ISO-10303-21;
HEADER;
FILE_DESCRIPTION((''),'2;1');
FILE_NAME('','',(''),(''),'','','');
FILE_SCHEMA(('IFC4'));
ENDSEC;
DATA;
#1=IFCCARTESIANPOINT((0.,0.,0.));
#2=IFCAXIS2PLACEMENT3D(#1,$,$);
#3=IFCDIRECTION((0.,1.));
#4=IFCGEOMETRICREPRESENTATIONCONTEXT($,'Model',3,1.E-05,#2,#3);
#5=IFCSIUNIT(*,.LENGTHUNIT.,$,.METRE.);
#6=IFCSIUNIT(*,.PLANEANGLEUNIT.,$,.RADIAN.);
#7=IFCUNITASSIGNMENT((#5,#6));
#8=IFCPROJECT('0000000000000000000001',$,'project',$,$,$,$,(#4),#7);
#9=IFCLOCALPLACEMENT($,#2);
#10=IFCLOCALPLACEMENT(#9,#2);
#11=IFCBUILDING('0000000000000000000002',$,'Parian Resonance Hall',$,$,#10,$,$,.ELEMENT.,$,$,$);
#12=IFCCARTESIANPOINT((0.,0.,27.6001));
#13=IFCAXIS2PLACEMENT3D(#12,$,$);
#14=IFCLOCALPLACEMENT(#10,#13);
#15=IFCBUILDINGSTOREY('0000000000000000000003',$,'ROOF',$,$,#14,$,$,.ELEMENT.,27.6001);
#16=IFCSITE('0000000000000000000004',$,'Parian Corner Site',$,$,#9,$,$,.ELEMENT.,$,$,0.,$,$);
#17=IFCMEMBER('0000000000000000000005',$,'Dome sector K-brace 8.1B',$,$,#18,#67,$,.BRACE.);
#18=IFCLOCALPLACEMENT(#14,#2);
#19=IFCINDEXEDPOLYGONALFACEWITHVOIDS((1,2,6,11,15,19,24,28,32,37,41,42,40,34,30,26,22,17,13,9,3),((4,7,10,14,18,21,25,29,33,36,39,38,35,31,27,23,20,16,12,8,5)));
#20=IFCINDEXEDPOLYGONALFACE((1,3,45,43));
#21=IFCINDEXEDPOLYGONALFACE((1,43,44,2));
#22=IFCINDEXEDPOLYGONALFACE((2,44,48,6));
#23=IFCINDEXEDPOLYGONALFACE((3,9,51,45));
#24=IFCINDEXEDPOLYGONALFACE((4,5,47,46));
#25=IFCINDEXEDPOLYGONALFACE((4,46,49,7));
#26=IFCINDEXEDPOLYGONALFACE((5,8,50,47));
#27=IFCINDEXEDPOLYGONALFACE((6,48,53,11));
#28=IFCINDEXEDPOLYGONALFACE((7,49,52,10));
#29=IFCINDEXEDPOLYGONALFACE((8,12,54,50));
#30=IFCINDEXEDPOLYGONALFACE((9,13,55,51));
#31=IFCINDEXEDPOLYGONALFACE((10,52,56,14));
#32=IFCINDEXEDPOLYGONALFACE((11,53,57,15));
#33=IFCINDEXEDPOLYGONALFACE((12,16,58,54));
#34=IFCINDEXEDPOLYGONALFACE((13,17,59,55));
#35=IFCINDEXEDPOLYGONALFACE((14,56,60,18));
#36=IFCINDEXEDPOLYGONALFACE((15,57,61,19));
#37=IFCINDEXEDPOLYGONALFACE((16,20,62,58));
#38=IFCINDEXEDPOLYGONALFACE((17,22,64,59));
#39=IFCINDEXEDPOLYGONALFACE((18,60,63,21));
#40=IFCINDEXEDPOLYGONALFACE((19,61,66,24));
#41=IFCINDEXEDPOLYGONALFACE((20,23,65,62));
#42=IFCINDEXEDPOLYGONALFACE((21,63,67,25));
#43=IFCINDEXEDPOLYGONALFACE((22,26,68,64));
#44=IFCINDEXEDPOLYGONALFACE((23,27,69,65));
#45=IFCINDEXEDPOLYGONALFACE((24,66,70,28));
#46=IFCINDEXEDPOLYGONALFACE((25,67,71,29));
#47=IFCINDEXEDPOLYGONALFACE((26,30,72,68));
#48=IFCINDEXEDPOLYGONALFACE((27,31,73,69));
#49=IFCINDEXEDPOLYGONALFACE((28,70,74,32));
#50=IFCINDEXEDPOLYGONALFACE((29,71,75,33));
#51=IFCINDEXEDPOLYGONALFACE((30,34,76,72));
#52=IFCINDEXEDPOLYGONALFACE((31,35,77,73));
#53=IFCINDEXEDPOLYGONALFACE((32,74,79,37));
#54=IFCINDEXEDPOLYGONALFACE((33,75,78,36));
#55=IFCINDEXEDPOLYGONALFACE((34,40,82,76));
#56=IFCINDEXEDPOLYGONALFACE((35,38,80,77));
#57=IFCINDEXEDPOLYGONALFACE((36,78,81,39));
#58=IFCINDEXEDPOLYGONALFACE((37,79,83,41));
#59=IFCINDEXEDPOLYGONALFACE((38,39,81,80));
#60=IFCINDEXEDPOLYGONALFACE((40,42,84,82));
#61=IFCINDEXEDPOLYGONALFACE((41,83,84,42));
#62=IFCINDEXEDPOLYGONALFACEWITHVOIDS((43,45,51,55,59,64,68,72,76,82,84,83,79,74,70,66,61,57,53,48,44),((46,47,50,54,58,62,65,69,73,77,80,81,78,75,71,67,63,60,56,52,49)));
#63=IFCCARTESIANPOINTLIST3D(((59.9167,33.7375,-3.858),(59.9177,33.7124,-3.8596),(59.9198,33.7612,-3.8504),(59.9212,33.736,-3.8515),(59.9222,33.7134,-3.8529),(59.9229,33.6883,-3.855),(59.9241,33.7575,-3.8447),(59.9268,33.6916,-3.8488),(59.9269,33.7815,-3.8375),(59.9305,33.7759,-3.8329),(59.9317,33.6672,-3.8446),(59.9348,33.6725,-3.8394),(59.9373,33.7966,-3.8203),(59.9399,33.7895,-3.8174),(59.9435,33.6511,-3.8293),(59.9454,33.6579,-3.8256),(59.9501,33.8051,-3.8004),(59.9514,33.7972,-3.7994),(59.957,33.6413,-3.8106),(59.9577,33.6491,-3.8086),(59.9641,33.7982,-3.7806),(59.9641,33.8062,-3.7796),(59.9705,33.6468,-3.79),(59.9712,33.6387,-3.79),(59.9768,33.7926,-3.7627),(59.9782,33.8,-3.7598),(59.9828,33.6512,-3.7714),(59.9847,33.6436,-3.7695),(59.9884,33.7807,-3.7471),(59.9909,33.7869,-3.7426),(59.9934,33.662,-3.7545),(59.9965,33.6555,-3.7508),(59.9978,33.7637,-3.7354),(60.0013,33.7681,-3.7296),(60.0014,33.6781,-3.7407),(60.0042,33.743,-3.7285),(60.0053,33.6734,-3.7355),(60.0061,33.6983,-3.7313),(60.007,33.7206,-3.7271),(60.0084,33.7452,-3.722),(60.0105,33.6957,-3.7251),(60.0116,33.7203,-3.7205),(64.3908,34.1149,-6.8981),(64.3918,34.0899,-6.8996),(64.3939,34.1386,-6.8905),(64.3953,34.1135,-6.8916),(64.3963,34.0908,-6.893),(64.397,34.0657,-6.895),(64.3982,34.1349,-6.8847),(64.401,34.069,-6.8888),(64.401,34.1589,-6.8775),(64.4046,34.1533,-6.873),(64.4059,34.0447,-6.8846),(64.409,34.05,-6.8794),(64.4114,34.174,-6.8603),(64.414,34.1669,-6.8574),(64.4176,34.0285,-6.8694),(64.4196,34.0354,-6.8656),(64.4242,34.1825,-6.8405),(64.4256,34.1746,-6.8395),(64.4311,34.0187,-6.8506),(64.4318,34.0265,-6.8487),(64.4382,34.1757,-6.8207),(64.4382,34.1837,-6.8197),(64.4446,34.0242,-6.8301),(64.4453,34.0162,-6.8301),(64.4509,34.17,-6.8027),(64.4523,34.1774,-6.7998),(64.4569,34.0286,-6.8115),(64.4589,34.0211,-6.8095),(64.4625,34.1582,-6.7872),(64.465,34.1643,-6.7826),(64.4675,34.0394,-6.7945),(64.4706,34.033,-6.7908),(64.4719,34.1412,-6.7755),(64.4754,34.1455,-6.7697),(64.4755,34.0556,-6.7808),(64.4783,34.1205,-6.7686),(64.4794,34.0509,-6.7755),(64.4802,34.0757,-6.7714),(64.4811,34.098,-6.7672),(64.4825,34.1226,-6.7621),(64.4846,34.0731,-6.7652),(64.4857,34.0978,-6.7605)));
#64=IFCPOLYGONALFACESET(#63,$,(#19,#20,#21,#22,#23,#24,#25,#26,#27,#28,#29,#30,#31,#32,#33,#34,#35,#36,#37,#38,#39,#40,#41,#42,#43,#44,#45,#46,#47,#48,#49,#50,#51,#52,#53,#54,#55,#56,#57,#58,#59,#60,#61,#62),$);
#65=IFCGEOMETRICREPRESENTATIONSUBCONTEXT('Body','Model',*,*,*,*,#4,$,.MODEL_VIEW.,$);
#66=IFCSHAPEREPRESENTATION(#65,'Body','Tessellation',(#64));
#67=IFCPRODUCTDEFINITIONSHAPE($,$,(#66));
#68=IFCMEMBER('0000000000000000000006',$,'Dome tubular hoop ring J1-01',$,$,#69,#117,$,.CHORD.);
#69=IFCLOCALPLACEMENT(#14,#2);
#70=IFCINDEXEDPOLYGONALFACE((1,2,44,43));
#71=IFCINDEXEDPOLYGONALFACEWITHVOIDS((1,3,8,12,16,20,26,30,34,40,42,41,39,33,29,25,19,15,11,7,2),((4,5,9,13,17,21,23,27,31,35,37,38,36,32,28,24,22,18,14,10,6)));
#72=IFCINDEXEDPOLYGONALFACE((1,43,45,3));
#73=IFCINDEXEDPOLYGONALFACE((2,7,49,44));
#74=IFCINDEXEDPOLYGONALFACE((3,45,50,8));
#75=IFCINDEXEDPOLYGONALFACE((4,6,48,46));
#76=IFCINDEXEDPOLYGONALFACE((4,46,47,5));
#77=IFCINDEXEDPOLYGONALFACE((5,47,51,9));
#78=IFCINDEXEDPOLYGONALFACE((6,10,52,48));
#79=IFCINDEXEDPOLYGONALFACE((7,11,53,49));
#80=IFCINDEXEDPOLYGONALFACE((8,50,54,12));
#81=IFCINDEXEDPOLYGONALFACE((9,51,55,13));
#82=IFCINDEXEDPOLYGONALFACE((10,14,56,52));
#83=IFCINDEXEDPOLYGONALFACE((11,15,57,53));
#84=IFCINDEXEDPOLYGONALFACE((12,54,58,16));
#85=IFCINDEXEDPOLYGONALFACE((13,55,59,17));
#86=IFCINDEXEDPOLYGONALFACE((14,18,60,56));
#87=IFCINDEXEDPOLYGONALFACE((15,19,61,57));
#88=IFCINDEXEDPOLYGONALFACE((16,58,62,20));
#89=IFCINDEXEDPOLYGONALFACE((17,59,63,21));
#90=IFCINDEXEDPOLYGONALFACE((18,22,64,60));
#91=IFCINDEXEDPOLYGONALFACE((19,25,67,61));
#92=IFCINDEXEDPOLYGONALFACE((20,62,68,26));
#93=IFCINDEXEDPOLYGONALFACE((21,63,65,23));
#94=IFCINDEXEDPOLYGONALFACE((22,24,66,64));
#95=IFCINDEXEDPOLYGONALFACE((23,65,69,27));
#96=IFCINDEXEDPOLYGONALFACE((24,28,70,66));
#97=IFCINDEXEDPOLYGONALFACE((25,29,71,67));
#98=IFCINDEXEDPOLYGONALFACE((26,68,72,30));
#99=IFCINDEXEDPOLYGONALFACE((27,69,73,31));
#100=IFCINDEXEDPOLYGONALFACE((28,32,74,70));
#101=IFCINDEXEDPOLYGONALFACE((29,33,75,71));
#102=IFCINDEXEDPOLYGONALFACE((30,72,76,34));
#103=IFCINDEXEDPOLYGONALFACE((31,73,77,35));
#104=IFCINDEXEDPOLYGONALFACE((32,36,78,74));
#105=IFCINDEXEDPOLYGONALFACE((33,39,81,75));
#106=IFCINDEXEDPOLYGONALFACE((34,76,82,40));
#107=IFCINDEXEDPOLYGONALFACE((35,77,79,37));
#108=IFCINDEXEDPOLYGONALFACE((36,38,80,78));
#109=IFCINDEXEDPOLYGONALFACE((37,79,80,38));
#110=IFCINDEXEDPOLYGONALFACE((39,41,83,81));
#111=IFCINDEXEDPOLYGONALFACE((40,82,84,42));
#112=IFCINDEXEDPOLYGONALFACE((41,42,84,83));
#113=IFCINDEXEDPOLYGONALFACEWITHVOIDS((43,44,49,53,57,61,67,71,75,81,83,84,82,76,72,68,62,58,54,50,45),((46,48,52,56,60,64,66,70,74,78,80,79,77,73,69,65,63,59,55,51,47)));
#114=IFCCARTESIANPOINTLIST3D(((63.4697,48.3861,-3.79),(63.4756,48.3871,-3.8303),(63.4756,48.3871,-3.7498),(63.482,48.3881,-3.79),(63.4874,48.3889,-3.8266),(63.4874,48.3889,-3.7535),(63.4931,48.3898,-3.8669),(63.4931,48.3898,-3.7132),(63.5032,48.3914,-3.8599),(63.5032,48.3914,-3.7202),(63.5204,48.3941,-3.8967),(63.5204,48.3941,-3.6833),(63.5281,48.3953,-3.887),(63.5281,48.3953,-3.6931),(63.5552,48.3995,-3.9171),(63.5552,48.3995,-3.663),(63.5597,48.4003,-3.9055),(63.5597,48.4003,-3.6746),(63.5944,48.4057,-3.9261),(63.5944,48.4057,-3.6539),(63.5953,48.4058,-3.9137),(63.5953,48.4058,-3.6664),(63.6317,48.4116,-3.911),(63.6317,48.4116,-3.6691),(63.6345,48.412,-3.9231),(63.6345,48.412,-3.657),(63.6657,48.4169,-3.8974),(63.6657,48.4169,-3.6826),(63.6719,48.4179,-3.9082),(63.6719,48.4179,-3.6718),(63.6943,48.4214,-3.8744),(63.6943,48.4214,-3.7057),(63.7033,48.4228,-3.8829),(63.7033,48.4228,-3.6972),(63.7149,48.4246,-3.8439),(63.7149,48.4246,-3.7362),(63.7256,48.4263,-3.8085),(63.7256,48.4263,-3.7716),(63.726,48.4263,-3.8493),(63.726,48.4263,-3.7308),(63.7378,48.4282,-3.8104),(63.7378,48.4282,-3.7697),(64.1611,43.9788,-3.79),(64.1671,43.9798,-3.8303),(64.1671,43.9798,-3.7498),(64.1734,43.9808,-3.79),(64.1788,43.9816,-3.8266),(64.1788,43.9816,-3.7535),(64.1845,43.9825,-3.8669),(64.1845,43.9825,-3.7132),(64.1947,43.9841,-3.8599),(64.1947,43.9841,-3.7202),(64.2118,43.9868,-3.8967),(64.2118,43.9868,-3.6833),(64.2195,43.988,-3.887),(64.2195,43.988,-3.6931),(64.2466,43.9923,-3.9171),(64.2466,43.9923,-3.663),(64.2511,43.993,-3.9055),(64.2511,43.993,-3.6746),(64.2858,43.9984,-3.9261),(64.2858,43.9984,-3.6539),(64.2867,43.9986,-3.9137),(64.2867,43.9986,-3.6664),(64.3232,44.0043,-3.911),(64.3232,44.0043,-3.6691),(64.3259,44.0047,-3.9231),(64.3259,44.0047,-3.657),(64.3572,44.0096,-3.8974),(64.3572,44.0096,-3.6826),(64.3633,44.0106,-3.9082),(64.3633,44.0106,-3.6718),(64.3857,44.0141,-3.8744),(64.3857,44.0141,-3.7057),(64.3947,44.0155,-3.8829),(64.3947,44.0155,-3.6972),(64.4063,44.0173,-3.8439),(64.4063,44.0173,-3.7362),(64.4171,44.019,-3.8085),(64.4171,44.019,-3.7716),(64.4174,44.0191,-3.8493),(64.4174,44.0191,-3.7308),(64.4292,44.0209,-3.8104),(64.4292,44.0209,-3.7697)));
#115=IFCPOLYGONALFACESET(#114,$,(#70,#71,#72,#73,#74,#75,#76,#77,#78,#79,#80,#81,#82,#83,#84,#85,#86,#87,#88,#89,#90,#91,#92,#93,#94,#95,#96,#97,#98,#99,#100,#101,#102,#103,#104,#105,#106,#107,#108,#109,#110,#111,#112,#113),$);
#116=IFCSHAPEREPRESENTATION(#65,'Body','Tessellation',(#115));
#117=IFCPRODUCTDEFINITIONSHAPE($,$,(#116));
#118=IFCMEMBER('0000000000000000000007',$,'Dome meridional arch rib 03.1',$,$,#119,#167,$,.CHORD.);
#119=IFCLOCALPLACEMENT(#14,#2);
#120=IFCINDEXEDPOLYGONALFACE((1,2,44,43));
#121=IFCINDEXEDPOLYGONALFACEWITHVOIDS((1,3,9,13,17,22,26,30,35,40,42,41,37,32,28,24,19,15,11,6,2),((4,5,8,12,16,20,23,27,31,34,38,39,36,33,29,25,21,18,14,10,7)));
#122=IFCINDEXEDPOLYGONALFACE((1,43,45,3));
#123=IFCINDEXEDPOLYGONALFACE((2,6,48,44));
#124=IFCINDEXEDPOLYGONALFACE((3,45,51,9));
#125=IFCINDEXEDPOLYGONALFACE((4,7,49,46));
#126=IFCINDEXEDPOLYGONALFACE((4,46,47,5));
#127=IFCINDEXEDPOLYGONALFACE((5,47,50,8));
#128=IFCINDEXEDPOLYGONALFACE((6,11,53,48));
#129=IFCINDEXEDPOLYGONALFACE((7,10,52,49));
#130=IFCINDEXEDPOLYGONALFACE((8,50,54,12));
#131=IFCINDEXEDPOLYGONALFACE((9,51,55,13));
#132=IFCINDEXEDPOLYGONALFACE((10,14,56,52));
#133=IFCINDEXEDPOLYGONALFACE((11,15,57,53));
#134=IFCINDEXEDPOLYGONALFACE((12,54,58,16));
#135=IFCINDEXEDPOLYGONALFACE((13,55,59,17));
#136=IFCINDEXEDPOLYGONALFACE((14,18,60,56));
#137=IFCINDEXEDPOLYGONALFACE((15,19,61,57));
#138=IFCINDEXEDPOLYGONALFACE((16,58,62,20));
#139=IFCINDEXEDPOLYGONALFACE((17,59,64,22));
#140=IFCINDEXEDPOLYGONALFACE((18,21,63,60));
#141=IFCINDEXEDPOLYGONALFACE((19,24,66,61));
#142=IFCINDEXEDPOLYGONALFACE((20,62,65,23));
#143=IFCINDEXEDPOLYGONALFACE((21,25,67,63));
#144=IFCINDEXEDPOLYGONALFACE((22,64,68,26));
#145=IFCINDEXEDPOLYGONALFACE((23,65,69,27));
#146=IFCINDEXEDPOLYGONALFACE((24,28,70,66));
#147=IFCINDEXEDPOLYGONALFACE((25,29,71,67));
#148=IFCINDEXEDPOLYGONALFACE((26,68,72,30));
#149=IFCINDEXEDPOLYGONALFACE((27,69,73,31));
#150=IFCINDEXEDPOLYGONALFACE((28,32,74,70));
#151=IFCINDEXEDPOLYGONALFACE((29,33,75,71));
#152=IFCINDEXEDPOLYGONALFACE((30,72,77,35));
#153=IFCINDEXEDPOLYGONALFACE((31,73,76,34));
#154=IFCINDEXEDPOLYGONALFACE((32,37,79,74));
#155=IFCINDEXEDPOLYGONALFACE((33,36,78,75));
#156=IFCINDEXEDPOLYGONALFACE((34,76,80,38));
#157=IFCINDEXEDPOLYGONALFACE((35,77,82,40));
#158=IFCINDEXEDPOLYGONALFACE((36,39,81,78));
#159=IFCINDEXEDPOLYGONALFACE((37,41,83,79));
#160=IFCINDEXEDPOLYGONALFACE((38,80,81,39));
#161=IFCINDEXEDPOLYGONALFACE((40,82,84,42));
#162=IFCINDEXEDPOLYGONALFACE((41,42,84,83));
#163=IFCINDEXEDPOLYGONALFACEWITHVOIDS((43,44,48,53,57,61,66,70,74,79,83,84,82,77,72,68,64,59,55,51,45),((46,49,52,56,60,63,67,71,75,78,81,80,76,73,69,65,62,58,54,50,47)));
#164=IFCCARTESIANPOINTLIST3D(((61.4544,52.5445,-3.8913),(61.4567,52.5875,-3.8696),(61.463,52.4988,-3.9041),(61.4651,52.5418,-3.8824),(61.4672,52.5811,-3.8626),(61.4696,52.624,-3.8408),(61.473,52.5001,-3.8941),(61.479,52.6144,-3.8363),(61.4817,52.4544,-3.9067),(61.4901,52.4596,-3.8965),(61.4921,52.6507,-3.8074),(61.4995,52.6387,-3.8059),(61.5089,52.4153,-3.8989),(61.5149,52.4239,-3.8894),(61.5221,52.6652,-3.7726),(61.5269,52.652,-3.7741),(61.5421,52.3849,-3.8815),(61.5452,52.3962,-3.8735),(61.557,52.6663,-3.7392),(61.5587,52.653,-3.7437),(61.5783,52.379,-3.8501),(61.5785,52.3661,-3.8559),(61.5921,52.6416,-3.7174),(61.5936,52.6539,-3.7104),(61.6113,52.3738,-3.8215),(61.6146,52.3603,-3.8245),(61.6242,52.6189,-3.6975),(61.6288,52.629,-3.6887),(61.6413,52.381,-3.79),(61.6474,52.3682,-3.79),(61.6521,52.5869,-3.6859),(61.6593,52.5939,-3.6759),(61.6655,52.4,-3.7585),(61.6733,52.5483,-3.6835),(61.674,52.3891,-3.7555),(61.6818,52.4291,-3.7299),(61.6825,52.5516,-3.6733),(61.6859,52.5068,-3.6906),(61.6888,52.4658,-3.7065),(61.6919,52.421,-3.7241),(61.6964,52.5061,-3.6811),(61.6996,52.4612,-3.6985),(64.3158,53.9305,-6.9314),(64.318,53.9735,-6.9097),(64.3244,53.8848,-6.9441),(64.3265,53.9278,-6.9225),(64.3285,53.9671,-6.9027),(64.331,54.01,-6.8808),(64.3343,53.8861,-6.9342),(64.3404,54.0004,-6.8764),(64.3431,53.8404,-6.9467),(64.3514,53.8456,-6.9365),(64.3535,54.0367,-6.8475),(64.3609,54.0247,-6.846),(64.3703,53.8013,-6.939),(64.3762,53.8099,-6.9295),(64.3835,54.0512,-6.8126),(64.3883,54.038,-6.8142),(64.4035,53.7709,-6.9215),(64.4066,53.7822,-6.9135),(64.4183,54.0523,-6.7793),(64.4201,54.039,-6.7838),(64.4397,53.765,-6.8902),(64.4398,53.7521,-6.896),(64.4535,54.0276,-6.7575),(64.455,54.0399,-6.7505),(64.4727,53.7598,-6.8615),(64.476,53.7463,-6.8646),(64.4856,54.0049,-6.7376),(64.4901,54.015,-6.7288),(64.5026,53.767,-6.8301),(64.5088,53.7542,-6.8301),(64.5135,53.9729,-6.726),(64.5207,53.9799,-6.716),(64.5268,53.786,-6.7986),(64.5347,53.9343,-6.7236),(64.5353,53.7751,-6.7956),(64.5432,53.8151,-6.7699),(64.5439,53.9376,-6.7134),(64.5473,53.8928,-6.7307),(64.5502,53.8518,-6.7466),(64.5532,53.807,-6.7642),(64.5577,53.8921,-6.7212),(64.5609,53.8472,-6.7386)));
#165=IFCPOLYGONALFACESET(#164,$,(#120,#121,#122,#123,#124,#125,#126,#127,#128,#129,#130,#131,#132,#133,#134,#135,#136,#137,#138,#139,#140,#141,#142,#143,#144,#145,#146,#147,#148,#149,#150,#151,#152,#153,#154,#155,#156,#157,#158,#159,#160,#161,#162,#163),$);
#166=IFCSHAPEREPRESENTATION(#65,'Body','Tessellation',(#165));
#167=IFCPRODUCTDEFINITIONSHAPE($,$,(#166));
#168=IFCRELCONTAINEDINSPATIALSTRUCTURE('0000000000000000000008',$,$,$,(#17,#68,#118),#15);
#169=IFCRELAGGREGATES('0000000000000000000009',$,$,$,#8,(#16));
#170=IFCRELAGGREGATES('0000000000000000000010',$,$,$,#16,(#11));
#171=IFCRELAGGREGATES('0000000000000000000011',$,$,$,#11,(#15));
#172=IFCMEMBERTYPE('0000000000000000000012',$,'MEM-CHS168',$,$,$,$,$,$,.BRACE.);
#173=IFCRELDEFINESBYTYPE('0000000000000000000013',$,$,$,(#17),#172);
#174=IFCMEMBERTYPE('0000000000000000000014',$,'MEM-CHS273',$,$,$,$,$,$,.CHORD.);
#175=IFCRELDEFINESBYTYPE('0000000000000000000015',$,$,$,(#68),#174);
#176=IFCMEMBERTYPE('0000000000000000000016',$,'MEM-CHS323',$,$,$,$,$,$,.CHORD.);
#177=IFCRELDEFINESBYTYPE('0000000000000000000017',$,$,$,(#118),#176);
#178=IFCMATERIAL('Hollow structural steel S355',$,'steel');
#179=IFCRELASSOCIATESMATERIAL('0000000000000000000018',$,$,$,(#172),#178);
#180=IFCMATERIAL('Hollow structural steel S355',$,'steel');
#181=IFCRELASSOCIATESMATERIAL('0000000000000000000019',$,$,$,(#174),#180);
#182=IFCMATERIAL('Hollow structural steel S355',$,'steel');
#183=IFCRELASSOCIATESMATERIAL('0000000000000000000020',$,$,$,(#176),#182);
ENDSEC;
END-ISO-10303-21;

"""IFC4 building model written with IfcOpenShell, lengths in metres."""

from ifc_helpers import new_model, si_unit, direction, frame, origin, origin_2d, place, context, subcontext, project, spatial, hollow_circle, extrude, material, material_profile, profile_set, type_object, element, save


model = new_model("IFC4")

# Units and contexts
model_context = context("Model", 3, precision=1e-05, world=origin(), true_north=direction((0.0, 1.0)))
body_context = subcontext(model_context, "Body", "Model", "MODEL_VIEW")
ifc_project = project(units=[si_unit("LENGTHUNIT", "METRE"), si_unit("PLANEANGLEUNIT", "RADIAN")], contexts=[model_context])

# Site, building, storey
site_placement = place(None, origin())
site = spatial("IfcSite", under=ifc_project, at=site_placement, Name="Parian Corner Site", CompositionType="ELEMENT", RefElevation=0.0)
building_placement = place(site_placement, origin())
building = spatial("IfcBuilding", under=site, at=building_placement, Name="Parian Resonance Hall", CompositionType="ELEMENT")
storey_placement = place(building_placement, frame((0.0, 0.0, 27.6001)))
storey = spatial("IfcBuildingStorey", under=building, at=storey_placement, Name="ROOF", CompositionType="ELEMENT", Elevation=27.6001)

# Members
ifc_material_1 = material(Name="Hollow structural steel S355", Category="steel")
ifc_material_profile_1 = material_profile(ifc_material_1, hollow_circle(Radius=0.0842, WallThickness=0.0081, at=origin_2d()), Name="CHS168.3x8")
ifc_profile_set_1 = profile_set([ifc_material_profile_1], Name="Hollow structural steel S355")
member_type_1 = type_object("IfcMemberType", Name="MEM-CHS168", PredefinedType="BRACE", material=ifc_profile_set_1)
member_1_placement = place(storey_placement, frame((64.4382, 34.1001, -6.8301), z_axis=(-0.825123, -0.069608, 0.560648), x_axis=(0.084062, -0.99646, 0.0)))
element("IfcMember", 1, at=member_1_placement, inside=storey, type_object=member_type_1, Name="Dome sector K-brace 8.1B", PredefinedType="BRACE", context=body_context, shape_type="SweptSolid", body=[
    extrude(hollow_circle(Radius=0.0842, WallThickness=0.0081, at=origin_2d()), origin(), (0.0, 0.0, 1.0), 5.4224),
])
ifc_material_2 = material(Name="Hollow structural steel S355", Category="steel")
ifc_material_profile_2 = material_profile(ifc_material_2, hollow_circle(Radius=0.1365, WallThickness=0.0125, at=origin_2d()), Name="CHS273x12.5")
ifc_profile_set_2 = profile_set([ifc_material_profile_2], Name="Hollow structural steel S355")
member_type_2 = type_object("IfcMemberType", Name="MEM-CHS273", PredefinedType="CHORD", material=ifc_profile_set_2)
member_2_placement = place(storey_placement, frame((64.2959, 44.0, -3.79), z_axis=(-0.154985, 0.987917, 0.0), x_axis=(-0.987917, -0.154985, 0.0)))
element("IfcMember", 2, at=member_2_placement, inside=storey, type_object=member_type_2, Name="Dome tubular hoop ring J1-01", PredefinedType="CHORD", context=body_context, shape_type="SweptSolid", body=[
    extrude(hollow_circle(Radius=0.1365, WallThickness=0.0125, at=origin_2d()), origin(), (0.0, 0.0, 1.0), 4.4612),
])
ifc_material_3 = material(Name="Hollow structural steel S355", Category="steel")
ifc_material_profile_3 = material_profile(ifc_material_3, hollow_circle(Radius=0.1619, WallThickness=0.0142, at=origin_2d()), Name="CHS323.9x14.2")
ifc_profile_set_3 = profile_set([ifc_material_profile_3], Name="Hollow structural steel S355")
member_type_3 = type_object("IfcMemberType", Name="MEM-CHS323", PredefinedType="CHORD", material=ifc_profile_set_3)
member_3_placement = place(storey_placement, frame((64.4382, 53.8999, -6.8301), z_axis=(-0.65047, -0.315078, 0.691097), x_axis=(0.435936, -0.899978, 0.0)))
element("IfcMember", 3, at=member_3_placement, inside=storey, type_object=member_type_3, Name="Dome meridional arch rib 03.1", PredefinedType="CHORD", context=body_context, shape_type="SweptSolid", body=[
    extrude(hollow_circle(Radius=0.1619, WallThickness=0.0142, at=origin_2d()), origin(), (0.0, 0.0, 1.0), 4.3989),
])

save(model, "model.ifc")
